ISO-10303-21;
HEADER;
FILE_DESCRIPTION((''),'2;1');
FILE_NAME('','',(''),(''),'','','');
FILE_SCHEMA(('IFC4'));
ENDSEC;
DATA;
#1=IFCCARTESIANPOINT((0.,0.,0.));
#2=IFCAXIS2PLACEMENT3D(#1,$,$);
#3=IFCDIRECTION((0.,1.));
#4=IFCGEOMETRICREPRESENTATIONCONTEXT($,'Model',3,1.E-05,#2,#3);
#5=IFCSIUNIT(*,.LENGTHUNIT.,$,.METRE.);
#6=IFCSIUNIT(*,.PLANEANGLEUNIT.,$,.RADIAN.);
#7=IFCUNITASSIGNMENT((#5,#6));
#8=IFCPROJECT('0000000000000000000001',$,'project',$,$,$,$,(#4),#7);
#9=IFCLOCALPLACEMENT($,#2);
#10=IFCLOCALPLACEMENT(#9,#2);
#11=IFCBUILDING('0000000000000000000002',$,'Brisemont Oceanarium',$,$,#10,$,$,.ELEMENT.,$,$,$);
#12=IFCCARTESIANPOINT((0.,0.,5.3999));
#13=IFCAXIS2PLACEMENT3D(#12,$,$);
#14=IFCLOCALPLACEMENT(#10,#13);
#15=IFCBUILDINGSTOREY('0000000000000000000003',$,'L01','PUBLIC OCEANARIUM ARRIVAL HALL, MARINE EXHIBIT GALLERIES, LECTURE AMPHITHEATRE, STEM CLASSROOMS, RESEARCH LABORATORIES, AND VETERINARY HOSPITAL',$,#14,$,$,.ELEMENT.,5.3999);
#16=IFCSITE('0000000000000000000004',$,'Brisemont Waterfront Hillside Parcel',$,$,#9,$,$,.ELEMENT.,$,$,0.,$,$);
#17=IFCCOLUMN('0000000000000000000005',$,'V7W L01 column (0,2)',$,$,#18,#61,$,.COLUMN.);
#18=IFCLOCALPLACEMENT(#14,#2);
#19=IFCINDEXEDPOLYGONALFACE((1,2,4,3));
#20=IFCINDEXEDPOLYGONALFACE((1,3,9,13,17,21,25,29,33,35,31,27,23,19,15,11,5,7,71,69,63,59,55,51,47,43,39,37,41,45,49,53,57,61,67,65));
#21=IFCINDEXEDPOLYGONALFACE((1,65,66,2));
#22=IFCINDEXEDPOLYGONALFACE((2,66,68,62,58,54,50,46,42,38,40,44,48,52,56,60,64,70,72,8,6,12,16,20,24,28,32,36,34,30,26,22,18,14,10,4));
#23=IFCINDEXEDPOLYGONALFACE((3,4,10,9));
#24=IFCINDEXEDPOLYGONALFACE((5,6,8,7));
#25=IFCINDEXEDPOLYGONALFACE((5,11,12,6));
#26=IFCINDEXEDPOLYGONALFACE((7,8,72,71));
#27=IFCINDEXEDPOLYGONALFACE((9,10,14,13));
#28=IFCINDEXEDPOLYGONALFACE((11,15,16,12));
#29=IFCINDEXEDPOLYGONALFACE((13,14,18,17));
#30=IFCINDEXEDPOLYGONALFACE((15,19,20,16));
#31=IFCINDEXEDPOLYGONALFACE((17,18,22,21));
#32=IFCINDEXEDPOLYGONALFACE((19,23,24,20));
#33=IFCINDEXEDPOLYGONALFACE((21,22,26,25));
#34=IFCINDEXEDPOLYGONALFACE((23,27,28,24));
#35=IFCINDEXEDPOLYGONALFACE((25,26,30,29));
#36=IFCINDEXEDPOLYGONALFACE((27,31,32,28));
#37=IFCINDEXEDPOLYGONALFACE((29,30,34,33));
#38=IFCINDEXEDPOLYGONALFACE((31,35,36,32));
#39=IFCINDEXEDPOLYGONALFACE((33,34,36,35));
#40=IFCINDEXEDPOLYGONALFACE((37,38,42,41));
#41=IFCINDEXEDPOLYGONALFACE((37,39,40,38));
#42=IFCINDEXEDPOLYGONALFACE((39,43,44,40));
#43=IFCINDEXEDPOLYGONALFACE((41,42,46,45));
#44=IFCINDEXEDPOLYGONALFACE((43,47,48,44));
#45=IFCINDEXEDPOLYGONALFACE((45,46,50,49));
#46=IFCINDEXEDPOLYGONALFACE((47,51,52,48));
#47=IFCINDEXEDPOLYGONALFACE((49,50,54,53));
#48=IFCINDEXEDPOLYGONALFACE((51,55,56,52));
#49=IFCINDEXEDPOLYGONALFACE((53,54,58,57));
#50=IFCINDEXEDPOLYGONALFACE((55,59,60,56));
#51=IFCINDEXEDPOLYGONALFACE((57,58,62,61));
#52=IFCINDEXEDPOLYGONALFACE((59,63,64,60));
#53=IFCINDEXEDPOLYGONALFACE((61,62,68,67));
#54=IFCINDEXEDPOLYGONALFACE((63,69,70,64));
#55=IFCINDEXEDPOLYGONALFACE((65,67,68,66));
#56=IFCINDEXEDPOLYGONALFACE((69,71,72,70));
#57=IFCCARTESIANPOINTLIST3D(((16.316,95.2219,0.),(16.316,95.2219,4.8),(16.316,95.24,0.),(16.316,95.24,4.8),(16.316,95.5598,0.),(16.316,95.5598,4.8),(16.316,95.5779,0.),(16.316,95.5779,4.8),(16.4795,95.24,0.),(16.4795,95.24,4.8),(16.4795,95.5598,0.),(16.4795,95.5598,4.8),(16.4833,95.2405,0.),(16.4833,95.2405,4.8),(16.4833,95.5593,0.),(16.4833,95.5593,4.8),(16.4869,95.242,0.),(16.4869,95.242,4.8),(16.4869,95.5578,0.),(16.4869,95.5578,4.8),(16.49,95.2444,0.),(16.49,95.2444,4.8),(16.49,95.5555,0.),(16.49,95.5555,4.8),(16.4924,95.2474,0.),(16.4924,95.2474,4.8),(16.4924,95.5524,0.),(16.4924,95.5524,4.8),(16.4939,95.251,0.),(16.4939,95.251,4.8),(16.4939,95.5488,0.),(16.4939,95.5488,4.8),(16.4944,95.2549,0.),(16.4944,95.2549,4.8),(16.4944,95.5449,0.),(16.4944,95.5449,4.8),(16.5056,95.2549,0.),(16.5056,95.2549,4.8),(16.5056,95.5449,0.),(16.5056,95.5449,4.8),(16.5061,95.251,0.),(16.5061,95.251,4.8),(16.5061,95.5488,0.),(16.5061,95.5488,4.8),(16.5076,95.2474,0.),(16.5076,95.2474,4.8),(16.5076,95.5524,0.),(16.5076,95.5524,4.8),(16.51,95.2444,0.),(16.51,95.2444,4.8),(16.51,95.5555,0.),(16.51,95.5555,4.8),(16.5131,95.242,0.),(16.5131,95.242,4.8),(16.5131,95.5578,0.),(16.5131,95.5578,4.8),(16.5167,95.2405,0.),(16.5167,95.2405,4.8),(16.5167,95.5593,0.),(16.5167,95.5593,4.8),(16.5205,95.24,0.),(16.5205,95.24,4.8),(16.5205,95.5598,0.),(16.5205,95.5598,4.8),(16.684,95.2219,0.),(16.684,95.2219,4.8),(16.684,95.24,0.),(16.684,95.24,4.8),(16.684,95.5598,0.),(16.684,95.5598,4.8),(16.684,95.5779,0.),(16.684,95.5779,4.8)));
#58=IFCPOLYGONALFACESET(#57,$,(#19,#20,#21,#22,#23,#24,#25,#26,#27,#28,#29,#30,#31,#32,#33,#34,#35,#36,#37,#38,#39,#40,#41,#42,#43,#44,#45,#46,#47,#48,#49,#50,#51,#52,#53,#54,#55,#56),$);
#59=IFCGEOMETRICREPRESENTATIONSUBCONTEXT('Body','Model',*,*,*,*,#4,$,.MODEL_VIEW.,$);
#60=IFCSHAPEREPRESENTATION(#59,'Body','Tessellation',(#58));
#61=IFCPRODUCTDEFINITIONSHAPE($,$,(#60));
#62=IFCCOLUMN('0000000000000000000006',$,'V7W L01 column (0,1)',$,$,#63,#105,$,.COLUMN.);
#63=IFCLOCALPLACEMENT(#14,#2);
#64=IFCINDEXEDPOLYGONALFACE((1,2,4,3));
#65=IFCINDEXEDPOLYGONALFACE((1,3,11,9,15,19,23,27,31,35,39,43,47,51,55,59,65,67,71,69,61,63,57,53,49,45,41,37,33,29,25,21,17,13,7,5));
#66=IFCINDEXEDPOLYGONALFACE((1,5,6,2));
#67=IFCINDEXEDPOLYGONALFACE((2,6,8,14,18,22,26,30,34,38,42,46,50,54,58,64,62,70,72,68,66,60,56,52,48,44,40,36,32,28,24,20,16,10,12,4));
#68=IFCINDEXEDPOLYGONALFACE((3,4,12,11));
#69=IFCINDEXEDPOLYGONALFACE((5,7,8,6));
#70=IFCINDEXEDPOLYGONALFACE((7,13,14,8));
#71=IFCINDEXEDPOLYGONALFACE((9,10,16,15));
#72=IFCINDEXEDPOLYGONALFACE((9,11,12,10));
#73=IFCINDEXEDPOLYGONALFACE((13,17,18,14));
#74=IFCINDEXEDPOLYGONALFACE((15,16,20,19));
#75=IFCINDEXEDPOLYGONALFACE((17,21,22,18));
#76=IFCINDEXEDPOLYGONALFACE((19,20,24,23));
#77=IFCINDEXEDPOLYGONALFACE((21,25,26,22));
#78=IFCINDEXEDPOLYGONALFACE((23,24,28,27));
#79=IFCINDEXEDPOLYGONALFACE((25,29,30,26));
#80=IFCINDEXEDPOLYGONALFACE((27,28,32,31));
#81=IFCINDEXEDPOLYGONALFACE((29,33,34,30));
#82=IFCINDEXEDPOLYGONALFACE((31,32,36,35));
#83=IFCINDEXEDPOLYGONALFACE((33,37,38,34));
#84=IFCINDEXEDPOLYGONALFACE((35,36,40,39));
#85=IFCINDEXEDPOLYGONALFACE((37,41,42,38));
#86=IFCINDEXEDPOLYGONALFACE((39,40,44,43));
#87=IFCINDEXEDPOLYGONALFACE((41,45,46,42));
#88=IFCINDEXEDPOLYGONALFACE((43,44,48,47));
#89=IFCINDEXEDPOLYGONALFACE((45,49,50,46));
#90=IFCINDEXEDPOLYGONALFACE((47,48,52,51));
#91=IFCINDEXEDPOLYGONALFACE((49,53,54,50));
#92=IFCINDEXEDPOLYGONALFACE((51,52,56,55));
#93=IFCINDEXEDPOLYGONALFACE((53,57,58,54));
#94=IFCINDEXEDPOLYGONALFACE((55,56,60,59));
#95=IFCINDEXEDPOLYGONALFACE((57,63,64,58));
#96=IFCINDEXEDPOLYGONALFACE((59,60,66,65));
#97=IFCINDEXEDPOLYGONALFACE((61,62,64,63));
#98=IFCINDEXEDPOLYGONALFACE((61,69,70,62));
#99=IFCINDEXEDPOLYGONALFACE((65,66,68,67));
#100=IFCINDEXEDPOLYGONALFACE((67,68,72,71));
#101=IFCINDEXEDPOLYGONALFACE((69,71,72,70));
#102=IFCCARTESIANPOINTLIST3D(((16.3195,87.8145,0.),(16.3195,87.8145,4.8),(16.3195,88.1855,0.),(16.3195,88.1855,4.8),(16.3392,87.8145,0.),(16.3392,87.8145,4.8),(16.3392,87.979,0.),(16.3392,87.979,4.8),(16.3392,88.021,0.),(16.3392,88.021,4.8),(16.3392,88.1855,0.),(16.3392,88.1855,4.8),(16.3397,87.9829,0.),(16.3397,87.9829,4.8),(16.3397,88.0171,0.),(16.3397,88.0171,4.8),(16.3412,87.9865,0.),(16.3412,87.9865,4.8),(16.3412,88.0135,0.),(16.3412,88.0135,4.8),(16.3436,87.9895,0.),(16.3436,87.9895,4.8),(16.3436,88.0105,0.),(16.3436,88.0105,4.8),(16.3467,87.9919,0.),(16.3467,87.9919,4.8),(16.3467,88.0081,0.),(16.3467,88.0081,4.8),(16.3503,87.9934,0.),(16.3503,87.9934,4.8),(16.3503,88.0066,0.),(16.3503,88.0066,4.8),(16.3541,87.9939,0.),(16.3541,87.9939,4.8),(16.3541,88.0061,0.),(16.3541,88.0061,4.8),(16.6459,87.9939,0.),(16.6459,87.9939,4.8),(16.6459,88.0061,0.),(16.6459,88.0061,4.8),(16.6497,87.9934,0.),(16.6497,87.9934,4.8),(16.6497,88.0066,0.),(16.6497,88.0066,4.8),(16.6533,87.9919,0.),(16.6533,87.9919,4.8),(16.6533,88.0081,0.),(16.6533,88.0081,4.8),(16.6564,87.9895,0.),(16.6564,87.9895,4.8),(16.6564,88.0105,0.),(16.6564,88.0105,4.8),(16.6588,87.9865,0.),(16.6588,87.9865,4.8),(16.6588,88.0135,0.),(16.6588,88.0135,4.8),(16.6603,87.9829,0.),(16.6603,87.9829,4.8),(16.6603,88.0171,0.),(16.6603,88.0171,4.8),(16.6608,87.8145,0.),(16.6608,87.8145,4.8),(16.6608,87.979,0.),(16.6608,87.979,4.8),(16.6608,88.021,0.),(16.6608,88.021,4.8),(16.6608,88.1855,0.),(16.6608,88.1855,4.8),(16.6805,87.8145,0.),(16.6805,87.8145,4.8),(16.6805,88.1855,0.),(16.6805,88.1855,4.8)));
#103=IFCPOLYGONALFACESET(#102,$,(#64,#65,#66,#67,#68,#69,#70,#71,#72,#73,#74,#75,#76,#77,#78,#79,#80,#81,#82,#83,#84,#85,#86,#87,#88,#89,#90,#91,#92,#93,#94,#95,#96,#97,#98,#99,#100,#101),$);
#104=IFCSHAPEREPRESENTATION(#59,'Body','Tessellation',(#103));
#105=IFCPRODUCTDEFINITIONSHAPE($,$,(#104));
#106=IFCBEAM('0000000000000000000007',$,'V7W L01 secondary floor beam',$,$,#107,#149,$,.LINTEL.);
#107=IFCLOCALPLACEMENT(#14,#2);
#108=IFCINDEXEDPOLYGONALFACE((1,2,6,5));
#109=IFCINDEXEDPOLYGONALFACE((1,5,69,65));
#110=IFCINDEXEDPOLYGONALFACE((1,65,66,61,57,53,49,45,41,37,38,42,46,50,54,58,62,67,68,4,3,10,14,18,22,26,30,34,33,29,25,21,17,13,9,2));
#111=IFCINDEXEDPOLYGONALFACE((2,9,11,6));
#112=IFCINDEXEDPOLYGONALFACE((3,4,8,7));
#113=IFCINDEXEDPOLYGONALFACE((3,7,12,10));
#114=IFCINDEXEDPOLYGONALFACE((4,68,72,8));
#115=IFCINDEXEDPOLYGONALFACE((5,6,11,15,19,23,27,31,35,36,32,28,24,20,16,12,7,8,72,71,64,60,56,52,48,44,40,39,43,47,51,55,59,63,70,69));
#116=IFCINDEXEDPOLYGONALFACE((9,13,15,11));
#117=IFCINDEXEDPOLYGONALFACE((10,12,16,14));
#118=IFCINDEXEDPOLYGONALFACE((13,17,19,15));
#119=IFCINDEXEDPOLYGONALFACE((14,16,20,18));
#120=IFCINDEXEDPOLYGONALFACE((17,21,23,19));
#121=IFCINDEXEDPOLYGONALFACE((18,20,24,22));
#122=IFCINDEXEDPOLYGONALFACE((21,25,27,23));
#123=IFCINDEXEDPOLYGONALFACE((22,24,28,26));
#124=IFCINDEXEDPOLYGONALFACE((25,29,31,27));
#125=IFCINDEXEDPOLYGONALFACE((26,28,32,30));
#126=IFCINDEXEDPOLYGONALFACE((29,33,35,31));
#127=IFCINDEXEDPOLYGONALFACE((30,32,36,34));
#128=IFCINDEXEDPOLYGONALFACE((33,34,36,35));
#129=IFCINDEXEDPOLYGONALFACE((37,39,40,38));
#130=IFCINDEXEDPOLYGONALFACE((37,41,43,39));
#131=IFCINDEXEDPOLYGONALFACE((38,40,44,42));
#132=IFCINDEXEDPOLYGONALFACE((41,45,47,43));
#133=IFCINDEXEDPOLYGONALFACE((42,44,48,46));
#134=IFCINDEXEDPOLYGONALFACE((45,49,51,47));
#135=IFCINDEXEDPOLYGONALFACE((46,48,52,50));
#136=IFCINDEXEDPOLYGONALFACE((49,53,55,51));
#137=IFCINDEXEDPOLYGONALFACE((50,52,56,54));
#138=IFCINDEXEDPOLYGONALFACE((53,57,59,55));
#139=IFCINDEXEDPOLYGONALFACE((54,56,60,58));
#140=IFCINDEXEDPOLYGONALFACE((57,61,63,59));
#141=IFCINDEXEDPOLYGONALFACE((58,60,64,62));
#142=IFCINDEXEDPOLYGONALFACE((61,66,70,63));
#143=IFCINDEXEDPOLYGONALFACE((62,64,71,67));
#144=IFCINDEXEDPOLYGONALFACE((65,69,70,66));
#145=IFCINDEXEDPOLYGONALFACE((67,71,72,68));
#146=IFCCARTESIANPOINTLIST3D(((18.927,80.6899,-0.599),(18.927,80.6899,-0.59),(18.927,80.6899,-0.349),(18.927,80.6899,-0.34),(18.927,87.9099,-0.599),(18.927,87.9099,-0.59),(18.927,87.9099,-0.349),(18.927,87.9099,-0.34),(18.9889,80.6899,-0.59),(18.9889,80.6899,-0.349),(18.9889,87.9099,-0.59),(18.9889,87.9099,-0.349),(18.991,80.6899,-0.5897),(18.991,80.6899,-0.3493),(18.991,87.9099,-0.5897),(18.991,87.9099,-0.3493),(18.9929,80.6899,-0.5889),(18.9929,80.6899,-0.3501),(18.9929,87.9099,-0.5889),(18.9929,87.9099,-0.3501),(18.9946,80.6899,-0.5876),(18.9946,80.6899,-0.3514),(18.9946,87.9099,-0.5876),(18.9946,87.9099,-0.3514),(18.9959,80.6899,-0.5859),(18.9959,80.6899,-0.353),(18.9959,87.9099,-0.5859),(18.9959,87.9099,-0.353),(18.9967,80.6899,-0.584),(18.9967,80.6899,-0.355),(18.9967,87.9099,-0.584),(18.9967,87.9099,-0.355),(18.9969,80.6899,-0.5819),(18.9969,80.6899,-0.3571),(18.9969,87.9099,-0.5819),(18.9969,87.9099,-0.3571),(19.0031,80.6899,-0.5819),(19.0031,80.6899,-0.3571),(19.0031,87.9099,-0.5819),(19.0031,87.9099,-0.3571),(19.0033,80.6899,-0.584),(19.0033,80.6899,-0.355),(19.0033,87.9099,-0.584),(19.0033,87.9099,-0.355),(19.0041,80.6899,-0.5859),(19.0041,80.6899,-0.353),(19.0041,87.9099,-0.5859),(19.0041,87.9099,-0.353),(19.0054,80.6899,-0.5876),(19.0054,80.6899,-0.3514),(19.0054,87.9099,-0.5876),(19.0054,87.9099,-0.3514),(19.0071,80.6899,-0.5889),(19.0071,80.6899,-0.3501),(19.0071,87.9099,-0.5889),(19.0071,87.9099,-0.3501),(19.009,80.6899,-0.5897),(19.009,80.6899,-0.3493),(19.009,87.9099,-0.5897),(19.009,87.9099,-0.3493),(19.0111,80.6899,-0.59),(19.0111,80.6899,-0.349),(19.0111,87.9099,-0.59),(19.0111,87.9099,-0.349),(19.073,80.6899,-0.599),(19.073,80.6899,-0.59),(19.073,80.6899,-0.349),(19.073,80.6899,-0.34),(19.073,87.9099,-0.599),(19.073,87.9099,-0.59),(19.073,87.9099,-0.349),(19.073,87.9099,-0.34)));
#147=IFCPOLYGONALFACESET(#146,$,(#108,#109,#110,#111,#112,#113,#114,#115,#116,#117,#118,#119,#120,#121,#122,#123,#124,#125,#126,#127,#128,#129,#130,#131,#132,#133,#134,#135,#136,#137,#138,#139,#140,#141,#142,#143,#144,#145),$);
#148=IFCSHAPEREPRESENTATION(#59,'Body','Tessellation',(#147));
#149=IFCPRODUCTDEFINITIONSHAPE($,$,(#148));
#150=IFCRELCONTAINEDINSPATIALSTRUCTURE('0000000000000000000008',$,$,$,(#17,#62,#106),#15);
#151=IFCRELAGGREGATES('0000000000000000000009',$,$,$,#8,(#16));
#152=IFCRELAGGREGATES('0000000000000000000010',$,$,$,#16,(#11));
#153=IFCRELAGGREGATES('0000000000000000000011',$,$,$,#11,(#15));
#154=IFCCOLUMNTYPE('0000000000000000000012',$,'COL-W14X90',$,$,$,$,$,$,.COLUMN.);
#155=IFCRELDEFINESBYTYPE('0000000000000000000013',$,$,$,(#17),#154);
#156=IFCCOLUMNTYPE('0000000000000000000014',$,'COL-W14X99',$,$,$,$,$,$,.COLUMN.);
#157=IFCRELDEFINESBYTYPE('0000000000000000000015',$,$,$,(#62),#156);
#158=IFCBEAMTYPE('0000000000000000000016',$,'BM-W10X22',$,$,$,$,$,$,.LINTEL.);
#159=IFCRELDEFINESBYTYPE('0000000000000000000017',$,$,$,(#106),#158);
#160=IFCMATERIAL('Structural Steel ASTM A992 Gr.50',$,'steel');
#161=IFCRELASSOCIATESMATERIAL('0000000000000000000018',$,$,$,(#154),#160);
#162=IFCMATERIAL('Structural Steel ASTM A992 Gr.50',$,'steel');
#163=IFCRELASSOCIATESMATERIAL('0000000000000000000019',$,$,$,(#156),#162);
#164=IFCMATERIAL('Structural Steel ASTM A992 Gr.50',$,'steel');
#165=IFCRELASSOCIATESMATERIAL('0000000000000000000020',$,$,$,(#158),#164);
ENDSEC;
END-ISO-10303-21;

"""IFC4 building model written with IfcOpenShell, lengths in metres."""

from ifc_helpers import new_model, si_unit, direction, frame, origin, origin_2d, place, context, subcontext, project, spatial, i_section, extrude, material, material_profile, profile_set, type_object, element, save


model = new_model("IFC4")

# Units and contexts
model_context = context("Model", 3, precision=1e-05, world=origin(), true_north=direction((0.0, 1.0)))
body_context = subcontext(model_context, "Body", "Model", "MODEL_VIEW")
ifc_project = project(units=[si_unit("LENGTHUNIT", "METRE"), si_unit("PLANEANGLEUNIT", "RADIAN")], contexts=[model_context])

# Site, building, storey
site_placement = place(None, origin())
site = spatial("IfcSite", under=ifc_project, at=site_placement, Name="Brisemont Waterfront Hillside Parcel", CompositionType="ELEMENT", RefElevation=0.0)
building_placement = place(site_placement, origin())
building = spatial("IfcBuilding", under=site, at=building_placement, Name="Brisemont Oceanarium", CompositionType="ELEMENT")
storey_placement = place(building_placement, frame((0.0, 0.0, 5.3999)))
storey = spatial("IfcBuildingStorey", under=building, at=storey_placement, Name="L01", Description="PUBLIC OCEANARIUM ARRIVAL HALL, MARINE EXHIBIT GALLERIES, LECTURE AMPHITHEATRE, STEM CLASSROOMS, RESEARCH LABORATORIES, AND VETERINARY HOSPITAL", CompositionType="ELEMENT", Elevation=5.3999)

# Columns
ifc_material_1 = material(Name="Structural Steel ASTM A992 Gr.50", Category="steel")
ifc_material_profile_1 = material_profile(ifc_material_1, i_section(OverallWidth=0.3679, OverallDepth=0.356, WebThickness=0.0112, FlangeThickness=0.0181, FilletRadius=0.0149, at=origin_2d()), Name="W14X90")
ifc_profile_set_1 = profile_set([ifc_material_profile_1], Name="Structural Steel ASTM A992 Gr.50")
column_type_1 = type_object("IfcColumnType", Name="COL-W14X90", PredefinedType="COLUMN", material=ifc_profile_set_1)
column_1_placement = place(storey_placement, frame((16.5, 95.3999, 0.0), z_axis=(0.0, 0.0, 1.0), x_axis=(1.0, 0.0, 0.0)))
element("IfcColumn", 1, at=column_1_placement, inside=storey, type_object=column_type_1, Name="V7W L01 column (0,2)", PredefinedType="COLUMN", context=body_context, shape_type="SweptSolid", body=[
    extrude(i_section(OverallWidth=0.3679, OverallDepth=0.356, WebThickness=0.0112, FlangeThickness=0.0181, FilletRadius=0.0149, at=origin_2d()), origin(), (0.0, 0.0, 1.0), 4.8),
])
ifc_material_2 = material(Name="Structural Steel ASTM A992 Gr.50", Category="steel")
ifc_material_profile_2 = material_profile(ifc_material_2, i_section(OverallWidth=0.3711, OverallDepth=0.3611, WebThickness=0.0122, FlangeThickness=0.0198, FilletRadius=0.0149, at=origin_2d()), Name="W14X99")
ifc_profile_set_2 = profile_set([ifc_material_profile_2], Name="Structural Steel ASTM A992 Gr.50")
column_type_2 = type_object("IfcColumnType", Name="COL-W14X99", PredefinedType="COLUMN", material=ifc_profile_set_2)
column_2_placement = place(storey_placement, frame((16.5, 88.0, 0.0), z_axis=(0.0, 0.0, 1.0), x_axis=(0.0, 1.0, 0.0)))
element("IfcColumn", 2, at=column_2_placement, inside=storey, type_object=column_type_2, Name="V7W L01 column (0,1)", PredefinedType="COLUMN", context=body_context, shape_type="SweptSolid", body=[
    extrude(i_section(OverallWidth=0.3711, OverallDepth=0.3611, WebThickness=0.0122, FlangeThickness=0.0198, FilletRadius=0.0149, at=origin_2d()), origin(), (0.0, 0.0, 1.0), 4.8),
])

# Beam
ifc_material_3 = material(Name="Structural Steel ASTM A992 Gr.50", Category="steel")
ifc_material_profile_3 = material_profile(ifc_material_3, i_section(OverallWidth=0.146, OverallDepth=0.259, WebThickness=0.0061, FlangeThickness=0.009, FilletRadius=0.0081, at=origin_2d()), Name="W10X22")
ifc_profile_set_3 = profile_set([ifc_material_profile_3], Name="Structural Steel ASTM A992 Gr.50")
beam_type_1 = type_object("IfcBeamType", Name="BM-W10X22", PredefinedType="LINTEL", material=ifc_profile_set_3)
beam_1_placement = place(storey_placement, frame((19.0, 80.6899, -0.4695), z_axis=(0.0, 1.0, 0.0), x_axis=(-1.0, 0.0, 0.0)))
element("IfcBeam", 3, at=beam_1_placement, inside=storey, type_object=beam_type_1, Name="V7W L01 secondary floor beam", PredefinedType="LINTEL", context=body_context, shape_type="SweptSolid", body=[
    extrude(i_section(OverallWidth=0.146, OverallDepth=0.259, WebThickness=0.0061, FlangeThickness=0.009, FilletRadius=0.0081, at=origin_2d()), origin(), (0.0, 0.0, 1.0), 7.22),
])

save(model, "model.ifc")
